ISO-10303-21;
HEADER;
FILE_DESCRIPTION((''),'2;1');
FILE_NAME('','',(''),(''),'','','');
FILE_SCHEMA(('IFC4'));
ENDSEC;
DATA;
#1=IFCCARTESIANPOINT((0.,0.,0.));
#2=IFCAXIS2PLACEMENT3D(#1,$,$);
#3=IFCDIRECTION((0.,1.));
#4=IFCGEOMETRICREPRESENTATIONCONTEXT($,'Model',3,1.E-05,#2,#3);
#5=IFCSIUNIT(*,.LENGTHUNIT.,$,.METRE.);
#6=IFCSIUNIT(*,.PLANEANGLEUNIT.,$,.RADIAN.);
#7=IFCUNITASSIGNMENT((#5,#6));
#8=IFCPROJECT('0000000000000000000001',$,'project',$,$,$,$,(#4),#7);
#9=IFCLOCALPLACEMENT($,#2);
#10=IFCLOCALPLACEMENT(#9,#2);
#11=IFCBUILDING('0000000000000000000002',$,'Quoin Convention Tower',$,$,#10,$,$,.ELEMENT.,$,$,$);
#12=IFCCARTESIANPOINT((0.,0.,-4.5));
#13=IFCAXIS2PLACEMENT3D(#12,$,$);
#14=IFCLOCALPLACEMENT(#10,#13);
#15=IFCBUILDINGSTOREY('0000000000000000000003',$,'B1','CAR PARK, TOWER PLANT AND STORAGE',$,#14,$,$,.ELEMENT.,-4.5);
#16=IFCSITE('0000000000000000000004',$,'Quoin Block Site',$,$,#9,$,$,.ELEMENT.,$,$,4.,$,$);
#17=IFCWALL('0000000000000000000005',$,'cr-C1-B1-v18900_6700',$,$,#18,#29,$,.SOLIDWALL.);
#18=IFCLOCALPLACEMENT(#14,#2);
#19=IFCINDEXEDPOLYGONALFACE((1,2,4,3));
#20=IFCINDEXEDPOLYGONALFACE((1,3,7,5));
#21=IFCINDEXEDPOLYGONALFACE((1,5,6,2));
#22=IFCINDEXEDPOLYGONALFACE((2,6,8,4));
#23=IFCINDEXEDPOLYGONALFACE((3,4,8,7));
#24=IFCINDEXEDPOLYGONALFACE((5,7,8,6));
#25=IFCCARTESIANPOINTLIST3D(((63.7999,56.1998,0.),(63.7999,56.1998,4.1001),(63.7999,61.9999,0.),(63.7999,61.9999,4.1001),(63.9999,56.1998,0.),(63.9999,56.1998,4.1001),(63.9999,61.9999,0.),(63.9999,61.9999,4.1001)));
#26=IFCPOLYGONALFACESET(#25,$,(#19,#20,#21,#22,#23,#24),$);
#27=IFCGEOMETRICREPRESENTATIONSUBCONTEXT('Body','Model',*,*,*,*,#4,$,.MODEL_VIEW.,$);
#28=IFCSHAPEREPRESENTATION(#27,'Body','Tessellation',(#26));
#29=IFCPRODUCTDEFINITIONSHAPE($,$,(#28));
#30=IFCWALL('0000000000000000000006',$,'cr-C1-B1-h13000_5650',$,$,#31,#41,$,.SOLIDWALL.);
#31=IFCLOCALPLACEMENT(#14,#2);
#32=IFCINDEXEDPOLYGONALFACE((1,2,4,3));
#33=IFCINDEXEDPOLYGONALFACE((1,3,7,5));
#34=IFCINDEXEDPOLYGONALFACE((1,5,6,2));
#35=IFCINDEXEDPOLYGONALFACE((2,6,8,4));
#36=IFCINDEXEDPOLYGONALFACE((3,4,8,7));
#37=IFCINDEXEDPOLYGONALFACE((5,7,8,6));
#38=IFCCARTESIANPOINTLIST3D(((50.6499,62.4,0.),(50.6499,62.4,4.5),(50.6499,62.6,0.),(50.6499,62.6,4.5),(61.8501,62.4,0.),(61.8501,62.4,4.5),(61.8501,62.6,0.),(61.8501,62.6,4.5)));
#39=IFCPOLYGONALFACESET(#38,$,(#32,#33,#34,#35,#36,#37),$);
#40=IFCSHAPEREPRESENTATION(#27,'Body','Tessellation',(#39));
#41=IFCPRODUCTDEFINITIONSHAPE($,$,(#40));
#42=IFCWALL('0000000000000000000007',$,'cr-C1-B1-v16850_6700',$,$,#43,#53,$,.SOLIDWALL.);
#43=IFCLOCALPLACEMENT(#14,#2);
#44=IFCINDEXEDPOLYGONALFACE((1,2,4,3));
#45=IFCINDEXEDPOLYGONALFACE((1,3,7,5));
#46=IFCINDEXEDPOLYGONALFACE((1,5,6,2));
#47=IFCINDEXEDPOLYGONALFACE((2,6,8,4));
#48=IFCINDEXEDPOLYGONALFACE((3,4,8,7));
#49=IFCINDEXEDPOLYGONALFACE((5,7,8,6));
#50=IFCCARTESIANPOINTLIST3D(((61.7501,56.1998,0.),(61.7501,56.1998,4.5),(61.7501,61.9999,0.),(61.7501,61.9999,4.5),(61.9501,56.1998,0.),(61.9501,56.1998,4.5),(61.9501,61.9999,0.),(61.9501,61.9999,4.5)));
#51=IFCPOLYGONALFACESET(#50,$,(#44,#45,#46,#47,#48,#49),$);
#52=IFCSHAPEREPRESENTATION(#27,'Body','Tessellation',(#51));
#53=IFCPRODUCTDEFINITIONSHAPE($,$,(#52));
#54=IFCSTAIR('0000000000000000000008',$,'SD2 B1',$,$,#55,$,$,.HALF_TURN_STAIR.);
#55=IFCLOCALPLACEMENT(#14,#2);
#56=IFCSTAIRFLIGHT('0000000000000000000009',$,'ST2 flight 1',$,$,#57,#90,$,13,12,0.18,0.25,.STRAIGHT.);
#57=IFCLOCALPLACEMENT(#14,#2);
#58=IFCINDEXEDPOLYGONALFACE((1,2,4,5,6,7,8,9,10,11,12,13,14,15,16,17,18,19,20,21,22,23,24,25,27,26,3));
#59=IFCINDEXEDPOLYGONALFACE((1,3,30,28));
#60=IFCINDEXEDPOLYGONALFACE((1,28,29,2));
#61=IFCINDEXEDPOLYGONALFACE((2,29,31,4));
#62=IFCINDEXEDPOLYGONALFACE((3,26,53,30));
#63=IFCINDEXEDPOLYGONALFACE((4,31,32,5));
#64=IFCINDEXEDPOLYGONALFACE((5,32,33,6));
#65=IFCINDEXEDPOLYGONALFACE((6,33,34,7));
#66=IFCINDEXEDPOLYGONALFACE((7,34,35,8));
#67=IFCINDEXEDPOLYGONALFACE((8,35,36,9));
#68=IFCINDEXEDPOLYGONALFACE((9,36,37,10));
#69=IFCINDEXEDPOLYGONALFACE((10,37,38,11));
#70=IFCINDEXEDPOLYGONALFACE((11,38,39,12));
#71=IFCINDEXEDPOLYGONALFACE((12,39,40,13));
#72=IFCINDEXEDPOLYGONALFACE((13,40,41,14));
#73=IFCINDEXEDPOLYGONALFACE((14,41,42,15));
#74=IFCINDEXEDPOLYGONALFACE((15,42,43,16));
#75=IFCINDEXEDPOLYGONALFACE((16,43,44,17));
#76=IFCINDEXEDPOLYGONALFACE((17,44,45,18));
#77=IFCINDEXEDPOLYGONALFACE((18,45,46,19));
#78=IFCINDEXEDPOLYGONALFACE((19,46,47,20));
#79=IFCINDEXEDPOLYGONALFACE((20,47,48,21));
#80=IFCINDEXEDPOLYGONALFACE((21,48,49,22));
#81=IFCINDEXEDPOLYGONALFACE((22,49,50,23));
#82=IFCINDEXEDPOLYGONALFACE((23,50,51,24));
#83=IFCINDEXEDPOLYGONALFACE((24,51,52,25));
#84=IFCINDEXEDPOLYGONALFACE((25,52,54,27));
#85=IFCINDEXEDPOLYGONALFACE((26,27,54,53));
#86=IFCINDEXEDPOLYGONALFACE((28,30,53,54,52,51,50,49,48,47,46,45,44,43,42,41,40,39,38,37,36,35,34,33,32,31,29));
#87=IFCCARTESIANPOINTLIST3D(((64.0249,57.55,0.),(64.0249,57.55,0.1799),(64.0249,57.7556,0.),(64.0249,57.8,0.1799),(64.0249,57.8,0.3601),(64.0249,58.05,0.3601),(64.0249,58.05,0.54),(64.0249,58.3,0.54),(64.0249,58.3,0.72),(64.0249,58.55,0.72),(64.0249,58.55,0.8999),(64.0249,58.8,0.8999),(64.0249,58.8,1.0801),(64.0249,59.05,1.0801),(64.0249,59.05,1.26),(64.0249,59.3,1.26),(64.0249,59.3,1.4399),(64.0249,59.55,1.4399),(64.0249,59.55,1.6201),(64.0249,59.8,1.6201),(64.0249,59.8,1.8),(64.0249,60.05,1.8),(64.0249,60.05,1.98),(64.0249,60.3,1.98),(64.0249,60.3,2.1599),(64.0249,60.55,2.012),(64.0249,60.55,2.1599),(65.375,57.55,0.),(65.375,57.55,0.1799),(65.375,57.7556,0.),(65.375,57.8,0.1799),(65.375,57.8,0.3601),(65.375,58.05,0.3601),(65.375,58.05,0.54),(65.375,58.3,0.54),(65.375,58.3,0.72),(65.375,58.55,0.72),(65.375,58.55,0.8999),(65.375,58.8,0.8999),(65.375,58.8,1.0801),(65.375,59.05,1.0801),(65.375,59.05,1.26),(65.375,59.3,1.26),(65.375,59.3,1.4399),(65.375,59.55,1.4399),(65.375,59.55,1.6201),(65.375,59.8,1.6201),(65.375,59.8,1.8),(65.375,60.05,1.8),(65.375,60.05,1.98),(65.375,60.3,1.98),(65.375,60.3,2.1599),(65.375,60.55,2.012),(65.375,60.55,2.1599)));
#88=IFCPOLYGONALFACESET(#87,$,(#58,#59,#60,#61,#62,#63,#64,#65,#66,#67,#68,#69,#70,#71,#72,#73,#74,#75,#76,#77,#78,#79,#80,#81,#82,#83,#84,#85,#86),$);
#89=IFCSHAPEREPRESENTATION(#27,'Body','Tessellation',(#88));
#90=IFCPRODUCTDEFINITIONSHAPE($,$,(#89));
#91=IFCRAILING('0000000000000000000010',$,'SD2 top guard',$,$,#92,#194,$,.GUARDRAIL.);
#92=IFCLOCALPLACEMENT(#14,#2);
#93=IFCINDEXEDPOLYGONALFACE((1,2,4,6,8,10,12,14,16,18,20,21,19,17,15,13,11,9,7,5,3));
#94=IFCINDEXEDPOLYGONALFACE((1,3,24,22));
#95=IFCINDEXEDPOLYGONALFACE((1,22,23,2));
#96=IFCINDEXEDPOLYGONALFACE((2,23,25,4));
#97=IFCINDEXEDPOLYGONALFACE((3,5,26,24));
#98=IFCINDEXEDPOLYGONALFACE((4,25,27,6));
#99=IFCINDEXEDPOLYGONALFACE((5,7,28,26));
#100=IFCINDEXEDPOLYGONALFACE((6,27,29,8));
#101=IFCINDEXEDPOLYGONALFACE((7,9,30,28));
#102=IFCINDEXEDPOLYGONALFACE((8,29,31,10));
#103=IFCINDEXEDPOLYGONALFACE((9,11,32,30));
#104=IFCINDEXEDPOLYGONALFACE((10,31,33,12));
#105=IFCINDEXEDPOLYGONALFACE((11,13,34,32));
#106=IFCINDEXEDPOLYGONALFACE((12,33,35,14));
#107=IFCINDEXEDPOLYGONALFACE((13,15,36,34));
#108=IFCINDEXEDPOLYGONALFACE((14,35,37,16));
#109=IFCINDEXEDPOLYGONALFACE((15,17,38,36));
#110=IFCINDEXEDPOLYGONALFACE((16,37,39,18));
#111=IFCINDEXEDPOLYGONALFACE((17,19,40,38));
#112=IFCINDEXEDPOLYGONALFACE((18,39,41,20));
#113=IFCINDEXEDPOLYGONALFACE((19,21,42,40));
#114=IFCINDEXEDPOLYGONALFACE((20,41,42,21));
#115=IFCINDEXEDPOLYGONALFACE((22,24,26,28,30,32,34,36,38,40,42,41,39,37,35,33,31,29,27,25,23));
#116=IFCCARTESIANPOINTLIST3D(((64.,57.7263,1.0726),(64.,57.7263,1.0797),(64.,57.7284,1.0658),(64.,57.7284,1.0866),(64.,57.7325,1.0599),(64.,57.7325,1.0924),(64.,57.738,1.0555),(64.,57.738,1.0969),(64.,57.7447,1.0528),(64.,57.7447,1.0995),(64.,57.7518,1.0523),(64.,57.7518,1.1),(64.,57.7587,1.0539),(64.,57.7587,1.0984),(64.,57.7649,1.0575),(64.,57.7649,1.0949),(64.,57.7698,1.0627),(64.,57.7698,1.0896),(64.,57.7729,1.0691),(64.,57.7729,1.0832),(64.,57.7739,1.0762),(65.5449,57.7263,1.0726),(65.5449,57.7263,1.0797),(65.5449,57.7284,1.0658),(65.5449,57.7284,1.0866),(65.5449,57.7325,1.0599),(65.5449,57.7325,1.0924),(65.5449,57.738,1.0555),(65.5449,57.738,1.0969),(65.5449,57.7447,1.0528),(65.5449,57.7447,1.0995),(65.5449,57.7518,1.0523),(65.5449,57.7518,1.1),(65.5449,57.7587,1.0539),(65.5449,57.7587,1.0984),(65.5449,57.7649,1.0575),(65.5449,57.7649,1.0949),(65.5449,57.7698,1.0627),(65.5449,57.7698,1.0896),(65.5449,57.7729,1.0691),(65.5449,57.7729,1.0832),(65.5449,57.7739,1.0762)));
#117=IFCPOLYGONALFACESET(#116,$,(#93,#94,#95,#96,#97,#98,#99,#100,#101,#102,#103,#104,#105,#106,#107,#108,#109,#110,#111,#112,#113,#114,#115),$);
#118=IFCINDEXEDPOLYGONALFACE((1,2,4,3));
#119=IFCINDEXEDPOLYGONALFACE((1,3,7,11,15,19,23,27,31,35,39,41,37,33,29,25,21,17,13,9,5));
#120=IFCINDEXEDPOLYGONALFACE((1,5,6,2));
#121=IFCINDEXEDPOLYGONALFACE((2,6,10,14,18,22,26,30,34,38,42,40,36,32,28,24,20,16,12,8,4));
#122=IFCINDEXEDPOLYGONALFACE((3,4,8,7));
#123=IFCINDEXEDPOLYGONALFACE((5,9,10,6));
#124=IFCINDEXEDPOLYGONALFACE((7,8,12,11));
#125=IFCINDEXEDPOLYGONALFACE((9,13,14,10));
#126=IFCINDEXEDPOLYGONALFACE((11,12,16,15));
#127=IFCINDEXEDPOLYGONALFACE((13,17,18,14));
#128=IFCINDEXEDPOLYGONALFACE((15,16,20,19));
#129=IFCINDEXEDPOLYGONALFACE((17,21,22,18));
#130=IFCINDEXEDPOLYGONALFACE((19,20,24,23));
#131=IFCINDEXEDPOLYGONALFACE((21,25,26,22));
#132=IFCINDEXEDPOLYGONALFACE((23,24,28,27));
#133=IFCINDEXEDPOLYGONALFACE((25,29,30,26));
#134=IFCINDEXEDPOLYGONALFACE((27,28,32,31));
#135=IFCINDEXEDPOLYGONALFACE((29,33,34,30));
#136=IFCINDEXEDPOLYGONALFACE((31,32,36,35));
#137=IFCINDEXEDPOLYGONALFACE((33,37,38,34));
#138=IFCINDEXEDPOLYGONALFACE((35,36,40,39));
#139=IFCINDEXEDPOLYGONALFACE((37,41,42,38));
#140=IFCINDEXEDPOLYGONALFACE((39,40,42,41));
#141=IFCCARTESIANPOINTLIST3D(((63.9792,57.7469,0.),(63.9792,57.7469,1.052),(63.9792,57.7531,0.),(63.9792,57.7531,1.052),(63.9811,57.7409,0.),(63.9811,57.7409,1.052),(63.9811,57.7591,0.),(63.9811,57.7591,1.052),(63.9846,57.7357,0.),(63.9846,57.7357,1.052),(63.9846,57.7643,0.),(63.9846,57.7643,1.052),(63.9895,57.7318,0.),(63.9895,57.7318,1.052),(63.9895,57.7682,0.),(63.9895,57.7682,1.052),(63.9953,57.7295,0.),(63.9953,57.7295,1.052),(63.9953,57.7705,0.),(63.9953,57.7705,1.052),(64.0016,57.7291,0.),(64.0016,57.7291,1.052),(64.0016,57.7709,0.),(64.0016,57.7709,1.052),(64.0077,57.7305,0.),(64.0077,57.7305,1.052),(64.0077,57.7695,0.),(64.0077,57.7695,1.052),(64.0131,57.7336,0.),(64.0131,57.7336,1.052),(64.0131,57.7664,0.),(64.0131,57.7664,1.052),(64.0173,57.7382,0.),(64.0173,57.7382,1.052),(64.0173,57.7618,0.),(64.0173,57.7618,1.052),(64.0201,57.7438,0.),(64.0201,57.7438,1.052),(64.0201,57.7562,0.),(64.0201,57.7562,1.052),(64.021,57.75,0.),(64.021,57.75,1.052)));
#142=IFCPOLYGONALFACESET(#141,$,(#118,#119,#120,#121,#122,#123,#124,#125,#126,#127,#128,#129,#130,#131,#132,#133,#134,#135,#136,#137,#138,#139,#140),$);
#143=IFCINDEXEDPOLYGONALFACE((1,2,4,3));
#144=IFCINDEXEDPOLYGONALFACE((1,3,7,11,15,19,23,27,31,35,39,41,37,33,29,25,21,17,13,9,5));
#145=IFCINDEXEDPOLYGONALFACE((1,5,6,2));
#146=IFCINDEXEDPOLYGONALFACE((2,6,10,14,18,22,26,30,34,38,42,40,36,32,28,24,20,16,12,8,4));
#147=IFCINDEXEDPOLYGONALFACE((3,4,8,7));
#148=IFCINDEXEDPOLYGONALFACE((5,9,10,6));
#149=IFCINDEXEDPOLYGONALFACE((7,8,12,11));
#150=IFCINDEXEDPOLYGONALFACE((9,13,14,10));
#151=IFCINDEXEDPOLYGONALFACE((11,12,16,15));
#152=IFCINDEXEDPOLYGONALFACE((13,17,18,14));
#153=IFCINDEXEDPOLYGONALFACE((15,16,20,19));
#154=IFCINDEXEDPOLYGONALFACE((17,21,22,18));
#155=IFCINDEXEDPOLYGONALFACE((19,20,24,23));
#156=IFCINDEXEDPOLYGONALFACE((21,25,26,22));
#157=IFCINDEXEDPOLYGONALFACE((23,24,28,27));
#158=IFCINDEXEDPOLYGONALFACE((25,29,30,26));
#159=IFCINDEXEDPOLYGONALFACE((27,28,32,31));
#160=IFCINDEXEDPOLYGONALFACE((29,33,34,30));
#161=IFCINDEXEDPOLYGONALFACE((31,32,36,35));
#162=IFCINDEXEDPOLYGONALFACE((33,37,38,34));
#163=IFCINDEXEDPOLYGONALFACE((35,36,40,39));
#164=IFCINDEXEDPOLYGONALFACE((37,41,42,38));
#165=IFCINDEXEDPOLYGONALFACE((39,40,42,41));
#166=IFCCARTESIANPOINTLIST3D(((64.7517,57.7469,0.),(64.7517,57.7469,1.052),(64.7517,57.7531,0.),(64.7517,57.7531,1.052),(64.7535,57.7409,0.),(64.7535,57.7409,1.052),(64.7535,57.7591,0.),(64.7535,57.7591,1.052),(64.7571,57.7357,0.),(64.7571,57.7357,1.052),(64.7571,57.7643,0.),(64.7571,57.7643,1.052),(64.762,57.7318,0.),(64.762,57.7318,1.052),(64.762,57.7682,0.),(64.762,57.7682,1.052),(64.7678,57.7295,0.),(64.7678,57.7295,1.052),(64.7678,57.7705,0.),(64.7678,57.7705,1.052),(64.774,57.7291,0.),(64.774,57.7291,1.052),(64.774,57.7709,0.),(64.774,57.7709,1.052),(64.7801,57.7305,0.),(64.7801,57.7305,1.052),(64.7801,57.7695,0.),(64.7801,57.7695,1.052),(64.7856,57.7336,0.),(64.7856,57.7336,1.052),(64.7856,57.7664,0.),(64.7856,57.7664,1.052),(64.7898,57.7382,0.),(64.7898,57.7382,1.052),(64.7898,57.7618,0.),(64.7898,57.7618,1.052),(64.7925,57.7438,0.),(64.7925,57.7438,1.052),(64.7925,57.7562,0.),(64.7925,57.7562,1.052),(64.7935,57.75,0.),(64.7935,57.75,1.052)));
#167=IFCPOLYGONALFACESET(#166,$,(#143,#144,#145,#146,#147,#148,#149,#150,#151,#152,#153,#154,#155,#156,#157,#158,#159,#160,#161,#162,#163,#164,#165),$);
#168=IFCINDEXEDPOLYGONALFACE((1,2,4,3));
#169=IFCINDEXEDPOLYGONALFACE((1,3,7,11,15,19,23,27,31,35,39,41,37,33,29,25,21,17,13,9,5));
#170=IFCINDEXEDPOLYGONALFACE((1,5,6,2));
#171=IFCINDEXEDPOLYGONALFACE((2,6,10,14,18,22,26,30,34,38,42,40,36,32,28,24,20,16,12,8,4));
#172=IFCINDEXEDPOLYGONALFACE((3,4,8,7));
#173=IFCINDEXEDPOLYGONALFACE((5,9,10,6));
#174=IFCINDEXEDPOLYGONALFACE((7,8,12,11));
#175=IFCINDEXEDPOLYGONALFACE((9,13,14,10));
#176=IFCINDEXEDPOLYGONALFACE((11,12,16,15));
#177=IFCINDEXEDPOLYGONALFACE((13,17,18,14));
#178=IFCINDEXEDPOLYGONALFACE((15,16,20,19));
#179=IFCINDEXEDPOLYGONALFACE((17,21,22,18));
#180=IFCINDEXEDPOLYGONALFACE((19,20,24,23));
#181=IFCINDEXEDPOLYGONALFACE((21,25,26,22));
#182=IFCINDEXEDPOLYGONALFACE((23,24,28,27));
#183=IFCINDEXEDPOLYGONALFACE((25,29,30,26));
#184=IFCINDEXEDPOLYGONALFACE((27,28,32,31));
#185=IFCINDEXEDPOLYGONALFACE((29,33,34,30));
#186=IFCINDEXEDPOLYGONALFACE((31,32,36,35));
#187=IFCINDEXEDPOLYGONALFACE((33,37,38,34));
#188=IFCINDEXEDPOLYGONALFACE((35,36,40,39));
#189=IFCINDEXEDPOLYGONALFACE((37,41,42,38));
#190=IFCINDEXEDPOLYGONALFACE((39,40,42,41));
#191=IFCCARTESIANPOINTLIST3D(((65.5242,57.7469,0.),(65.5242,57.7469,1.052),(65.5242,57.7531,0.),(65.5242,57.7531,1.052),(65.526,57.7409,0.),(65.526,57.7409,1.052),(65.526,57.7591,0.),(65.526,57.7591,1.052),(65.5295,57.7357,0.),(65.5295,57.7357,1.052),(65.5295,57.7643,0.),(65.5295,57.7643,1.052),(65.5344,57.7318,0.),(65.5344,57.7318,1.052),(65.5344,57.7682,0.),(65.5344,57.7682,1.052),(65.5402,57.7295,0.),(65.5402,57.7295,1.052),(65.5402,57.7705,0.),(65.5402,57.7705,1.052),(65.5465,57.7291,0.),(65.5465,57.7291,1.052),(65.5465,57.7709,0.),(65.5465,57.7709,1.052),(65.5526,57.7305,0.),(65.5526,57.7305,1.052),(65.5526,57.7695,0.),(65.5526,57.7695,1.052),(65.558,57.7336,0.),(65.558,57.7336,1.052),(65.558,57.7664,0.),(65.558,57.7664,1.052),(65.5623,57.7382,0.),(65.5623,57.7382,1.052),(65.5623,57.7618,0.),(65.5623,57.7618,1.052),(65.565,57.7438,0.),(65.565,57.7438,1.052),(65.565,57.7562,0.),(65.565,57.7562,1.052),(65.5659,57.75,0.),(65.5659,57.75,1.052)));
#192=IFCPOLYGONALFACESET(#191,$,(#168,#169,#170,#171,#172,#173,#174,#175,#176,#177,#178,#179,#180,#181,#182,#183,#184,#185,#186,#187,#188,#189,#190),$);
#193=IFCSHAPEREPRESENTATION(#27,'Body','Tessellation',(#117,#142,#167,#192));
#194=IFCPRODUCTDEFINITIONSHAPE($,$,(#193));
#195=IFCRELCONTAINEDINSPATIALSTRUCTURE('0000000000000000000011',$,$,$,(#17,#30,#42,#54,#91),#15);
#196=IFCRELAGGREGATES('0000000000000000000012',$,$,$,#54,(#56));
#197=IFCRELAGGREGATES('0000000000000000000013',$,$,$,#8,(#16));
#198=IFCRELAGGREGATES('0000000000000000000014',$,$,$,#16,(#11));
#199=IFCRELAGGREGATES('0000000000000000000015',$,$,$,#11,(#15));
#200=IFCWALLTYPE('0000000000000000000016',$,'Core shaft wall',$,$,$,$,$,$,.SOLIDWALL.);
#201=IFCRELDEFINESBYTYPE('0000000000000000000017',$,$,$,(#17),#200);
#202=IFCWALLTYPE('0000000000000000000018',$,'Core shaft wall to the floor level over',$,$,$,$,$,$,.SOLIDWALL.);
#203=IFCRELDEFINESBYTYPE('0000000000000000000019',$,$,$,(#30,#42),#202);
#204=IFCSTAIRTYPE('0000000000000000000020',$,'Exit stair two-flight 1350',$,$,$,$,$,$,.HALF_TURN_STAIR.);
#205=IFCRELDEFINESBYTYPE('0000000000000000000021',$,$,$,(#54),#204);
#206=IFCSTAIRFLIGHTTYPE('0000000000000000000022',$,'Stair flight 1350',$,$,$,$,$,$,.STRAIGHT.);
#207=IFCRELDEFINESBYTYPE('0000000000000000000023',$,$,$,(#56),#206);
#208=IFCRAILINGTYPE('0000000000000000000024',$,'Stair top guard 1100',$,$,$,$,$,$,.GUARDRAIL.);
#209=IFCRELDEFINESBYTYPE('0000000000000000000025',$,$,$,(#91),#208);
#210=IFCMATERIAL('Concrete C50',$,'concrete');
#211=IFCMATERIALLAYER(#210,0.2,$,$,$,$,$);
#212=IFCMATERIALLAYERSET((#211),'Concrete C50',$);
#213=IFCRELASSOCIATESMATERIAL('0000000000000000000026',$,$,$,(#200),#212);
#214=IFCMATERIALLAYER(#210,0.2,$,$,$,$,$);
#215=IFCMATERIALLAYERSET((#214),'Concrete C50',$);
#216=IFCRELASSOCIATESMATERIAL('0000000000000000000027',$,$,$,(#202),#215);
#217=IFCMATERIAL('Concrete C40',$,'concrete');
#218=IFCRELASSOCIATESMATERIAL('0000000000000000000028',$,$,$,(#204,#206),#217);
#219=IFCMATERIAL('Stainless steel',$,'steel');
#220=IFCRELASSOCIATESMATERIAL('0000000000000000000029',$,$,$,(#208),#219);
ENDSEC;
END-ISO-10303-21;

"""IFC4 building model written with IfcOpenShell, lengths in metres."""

from ifc_helpers import new_model, si_unit, direction, frame, frame_2d, origin, origin_2d, place, context, subcontext, project, spatial, polyline, rectangle, circle, outline, extrude, material, layer, layer_set, type_object, element, aggregate, save


model = new_model("IFC4")

# Units and contexts
model_context = context("Model", 3, precision=1e-05, world=origin(), true_north=direction((0.0, 1.0)))
body_context = subcontext(model_context, "Body", "Model", "MODEL_VIEW")
ifc_project = project(units=[si_unit("LENGTHUNIT", "METRE"), si_unit("PLANEANGLEUNIT", "RADIAN")], contexts=[model_context])

# Site, building, storey
site_placement = place(None, origin())
site = spatial("IfcSite", under=ifc_project, at=site_placement, Name="Quoin Block Site", CompositionType="ELEMENT", RefElevation=4.0)
building_placement = place(site_placement, origin())
building = spatial("IfcBuilding", under=site, at=building_placement, Name="Quoin Convention Tower", CompositionType="ELEMENT")
storey_placement = place(building_placement, frame((0.0, 0.0, -4.5)))
storey = spatial("IfcBuildingStorey", under=building, at=storey_placement, Name="B1", Description="CAR PARK, TOWER PLANT AND STORAGE", CompositionType="ELEMENT", Elevation=-4.5)

# Walls
ifc_material_1 = material(Name="Concrete C50", Category="concrete")
ifc_layer_1 = layer(ifc_material_1, 0.2)
ifc_layer_set_1 = layer_set([ifc_layer_1], Name="Concrete C50")
wall_type_1 = type_object("IfcWallType", Name="Core shaft wall", PredefinedType="SOLIDWALL", material=ifc_layer_set_1)
wall_1_placement = place(storey_placement, frame((63.8999, 56.2, 0.0), z_axis=(0.0, 0.0, 1.0), x_axis=(0.0, 1.0, 0.0)))
element("IfcWall", 1, at=wall_1_placement, inside=storey, type_object=wall_type_1, Name="cr-C1-B1-v18900_6700", PredefinedType="SOLIDWALL", context=body_context, shape_type="SweptSolid", body=[
    extrude(rectangle(XDim=5.8, YDim=0.2, at=frame_2d((2.8999, 0.0))), origin(), (0.0, 0.0, 1.0), 4.1001),
])
ifc_layer_2 = layer(ifc_material_1, 0.2)
ifc_layer_set_2 = layer_set([ifc_layer_2], Name="Concrete C50")
wall_type_2 = type_object("IfcWallType", Name="Core shaft wall to the floor level over", PredefinedType="SOLIDWALL", material=ifc_layer_set_2)
wall_2_placement = place(storey_placement, frame((50.6499, 62.5, 0.0), z_axis=(0.0, 0.0, 1.0), x_axis=(1.0, 0.0, 0.0)))
element("IfcWall", 2, at=wall_2_placement, inside=storey, type_object=wall_type_2, Name="cr-C1-B1-h13000_5650", PredefinedType="SOLIDWALL", context=body_context, shape_type="SweptSolid", body=[
    extrude(rectangle(XDim=11.2002, YDim=0.2, at=frame_2d((5.6001, 0.0))), origin(), (0.0, 0.0, 1.0), 4.5),
])
wall_3_placement = place(storey_placement, frame((61.8501, 56.2, 0.0), z_axis=(0.0, 0.0, 1.0), x_axis=(0.0, 1.0, 0.0)))
element("IfcWall", 3, at=wall_3_placement, inside=storey, type_object=wall_type_2, Name="cr-C1-B1-v16850_6700", PredefinedType="SOLIDWALL", context=body_context, shape_type="SweptSolid", body=[
    extrude(rectangle(XDim=5.8, YDim=0.2, at=frame_2d((2.8999, 0.0))), origin(), (0.0, 0.0, 1.0), 4.5),
])

# Stair, stair flight
ifc_material_2 = material(Name="Concrete C40", Category="concrete")
stair_type = type_object("IfcStairType", Name="Exit stair two-flight 1350", PredefinedType="HALF_TURN_STAIR", material=ifc_material_2)
stair_placement = place(storey_placement, origin())
stair = element("IfcStair", 4, at=stair_placement, inside=storey, type_object=stair_type, Name="SD2 B1", PredefinedType="HALF_TURN_STAIR")
stair_flight_type = type_object("IfcStairFlightType", Name="Stair flight 1350", PredefinedType="STRAIGHT", material=ifc_material_2)
stair_flight_placement = place(storey_placement, frame((64.7, 57.55, 0.0), z_axis=(0.0, 0.0, 1.0), x_axis=(0.0, 1.0, 0.0)))
stair_flight = element("IfcStairFlight", 5, at=stair_flight_placement, type_object=stair_flight_type, Name="ST2 flight 1", NumberOfRisers=13, NumberOfTreads=12, PredefinedType="STRAIGHT", RiserHeight=0.18, TreadLength=0.25, context=body_context, shape_type="SweptSolid", body=[
    extrude(outline(polyline([(0.0, 0.0), (0.0, 0.1799), (0.25, 0.1799), (0.25, 0.3601), (0.5, 0.3601), (0.5, 0.54), (0.75, 0.54), (0.75, 0.72), (1.0, 0.72), (1.0, 0.8999), (1.25, 0.8999), (1.25, 1.0801), (1.5, 1.0801), (1.5, 1.26), (1.75, 1.26), (1.75, 1.4399), (2.0, 1.4399), (2.0, 1.6201), (2.25, 1.6201), (2.25, 1.8), (2.5, 1.8), (2.5, 1.98), (2.75, 1.98), (2.75, 2.1599), (3.0, 2.1599), (3.0, 2.3401), (3.0, 2.012), (0.2056, 0.0), (0.0, 0.0)])), frame((0.0, 0.675, 0.0), z_axis=(0.0, -1.0, 0.0), x_axis=(1.0, 0.0, 0.0)), (0.0, 0.0, 1.0), 1.3501),
])
aggregate(stair, [stair_flight])

# Railing
ifc_material_3 = material(Name="Stainless steel", Category="steel")
railing_type = type_object("IfcRailingType", Name="Stair top guard 1100", PredefinedType="GUARDRAIL", material=ifc_material_3)
railing_placement = place(storey_placement, frame((64.0, 57.75, 0.0)))
element("IfcRailing", 6, at=railing_placement, inside=storey, type_object=railing_type, Name="SD2 top guard", PredefinedType="GUARDRAIL", context=body_context, shape_type="SweptSolid", body=[
    extrude(circle(Radius=0.0239, at=origin_2d()), frame((0.0, 0.0, 1.0762), z_axis=(1.0, 0.0, 0.0), x_axis=(0.0, 1.0, 0.0)), (0.0, 0.0, 1.0), 1.5449),
    extrude(circle(Radius=0.021, at=origin_2d()), origin(), (0.0, 0.0, 1.0), 1.052),
    extrude(circle(Radius=0.021, at=origin_2d()), frame((0.7725, 0.0, 0.0)), (0.0, 0.0, 1.0), 1.052),
    extrude(circle(Radius=0.021, at=origin_2d()), frame((1.5449, 0.0, 0.0)), (0.0, 0.0, 1.0), 1.052),
])

save(model, "model.ifc")
